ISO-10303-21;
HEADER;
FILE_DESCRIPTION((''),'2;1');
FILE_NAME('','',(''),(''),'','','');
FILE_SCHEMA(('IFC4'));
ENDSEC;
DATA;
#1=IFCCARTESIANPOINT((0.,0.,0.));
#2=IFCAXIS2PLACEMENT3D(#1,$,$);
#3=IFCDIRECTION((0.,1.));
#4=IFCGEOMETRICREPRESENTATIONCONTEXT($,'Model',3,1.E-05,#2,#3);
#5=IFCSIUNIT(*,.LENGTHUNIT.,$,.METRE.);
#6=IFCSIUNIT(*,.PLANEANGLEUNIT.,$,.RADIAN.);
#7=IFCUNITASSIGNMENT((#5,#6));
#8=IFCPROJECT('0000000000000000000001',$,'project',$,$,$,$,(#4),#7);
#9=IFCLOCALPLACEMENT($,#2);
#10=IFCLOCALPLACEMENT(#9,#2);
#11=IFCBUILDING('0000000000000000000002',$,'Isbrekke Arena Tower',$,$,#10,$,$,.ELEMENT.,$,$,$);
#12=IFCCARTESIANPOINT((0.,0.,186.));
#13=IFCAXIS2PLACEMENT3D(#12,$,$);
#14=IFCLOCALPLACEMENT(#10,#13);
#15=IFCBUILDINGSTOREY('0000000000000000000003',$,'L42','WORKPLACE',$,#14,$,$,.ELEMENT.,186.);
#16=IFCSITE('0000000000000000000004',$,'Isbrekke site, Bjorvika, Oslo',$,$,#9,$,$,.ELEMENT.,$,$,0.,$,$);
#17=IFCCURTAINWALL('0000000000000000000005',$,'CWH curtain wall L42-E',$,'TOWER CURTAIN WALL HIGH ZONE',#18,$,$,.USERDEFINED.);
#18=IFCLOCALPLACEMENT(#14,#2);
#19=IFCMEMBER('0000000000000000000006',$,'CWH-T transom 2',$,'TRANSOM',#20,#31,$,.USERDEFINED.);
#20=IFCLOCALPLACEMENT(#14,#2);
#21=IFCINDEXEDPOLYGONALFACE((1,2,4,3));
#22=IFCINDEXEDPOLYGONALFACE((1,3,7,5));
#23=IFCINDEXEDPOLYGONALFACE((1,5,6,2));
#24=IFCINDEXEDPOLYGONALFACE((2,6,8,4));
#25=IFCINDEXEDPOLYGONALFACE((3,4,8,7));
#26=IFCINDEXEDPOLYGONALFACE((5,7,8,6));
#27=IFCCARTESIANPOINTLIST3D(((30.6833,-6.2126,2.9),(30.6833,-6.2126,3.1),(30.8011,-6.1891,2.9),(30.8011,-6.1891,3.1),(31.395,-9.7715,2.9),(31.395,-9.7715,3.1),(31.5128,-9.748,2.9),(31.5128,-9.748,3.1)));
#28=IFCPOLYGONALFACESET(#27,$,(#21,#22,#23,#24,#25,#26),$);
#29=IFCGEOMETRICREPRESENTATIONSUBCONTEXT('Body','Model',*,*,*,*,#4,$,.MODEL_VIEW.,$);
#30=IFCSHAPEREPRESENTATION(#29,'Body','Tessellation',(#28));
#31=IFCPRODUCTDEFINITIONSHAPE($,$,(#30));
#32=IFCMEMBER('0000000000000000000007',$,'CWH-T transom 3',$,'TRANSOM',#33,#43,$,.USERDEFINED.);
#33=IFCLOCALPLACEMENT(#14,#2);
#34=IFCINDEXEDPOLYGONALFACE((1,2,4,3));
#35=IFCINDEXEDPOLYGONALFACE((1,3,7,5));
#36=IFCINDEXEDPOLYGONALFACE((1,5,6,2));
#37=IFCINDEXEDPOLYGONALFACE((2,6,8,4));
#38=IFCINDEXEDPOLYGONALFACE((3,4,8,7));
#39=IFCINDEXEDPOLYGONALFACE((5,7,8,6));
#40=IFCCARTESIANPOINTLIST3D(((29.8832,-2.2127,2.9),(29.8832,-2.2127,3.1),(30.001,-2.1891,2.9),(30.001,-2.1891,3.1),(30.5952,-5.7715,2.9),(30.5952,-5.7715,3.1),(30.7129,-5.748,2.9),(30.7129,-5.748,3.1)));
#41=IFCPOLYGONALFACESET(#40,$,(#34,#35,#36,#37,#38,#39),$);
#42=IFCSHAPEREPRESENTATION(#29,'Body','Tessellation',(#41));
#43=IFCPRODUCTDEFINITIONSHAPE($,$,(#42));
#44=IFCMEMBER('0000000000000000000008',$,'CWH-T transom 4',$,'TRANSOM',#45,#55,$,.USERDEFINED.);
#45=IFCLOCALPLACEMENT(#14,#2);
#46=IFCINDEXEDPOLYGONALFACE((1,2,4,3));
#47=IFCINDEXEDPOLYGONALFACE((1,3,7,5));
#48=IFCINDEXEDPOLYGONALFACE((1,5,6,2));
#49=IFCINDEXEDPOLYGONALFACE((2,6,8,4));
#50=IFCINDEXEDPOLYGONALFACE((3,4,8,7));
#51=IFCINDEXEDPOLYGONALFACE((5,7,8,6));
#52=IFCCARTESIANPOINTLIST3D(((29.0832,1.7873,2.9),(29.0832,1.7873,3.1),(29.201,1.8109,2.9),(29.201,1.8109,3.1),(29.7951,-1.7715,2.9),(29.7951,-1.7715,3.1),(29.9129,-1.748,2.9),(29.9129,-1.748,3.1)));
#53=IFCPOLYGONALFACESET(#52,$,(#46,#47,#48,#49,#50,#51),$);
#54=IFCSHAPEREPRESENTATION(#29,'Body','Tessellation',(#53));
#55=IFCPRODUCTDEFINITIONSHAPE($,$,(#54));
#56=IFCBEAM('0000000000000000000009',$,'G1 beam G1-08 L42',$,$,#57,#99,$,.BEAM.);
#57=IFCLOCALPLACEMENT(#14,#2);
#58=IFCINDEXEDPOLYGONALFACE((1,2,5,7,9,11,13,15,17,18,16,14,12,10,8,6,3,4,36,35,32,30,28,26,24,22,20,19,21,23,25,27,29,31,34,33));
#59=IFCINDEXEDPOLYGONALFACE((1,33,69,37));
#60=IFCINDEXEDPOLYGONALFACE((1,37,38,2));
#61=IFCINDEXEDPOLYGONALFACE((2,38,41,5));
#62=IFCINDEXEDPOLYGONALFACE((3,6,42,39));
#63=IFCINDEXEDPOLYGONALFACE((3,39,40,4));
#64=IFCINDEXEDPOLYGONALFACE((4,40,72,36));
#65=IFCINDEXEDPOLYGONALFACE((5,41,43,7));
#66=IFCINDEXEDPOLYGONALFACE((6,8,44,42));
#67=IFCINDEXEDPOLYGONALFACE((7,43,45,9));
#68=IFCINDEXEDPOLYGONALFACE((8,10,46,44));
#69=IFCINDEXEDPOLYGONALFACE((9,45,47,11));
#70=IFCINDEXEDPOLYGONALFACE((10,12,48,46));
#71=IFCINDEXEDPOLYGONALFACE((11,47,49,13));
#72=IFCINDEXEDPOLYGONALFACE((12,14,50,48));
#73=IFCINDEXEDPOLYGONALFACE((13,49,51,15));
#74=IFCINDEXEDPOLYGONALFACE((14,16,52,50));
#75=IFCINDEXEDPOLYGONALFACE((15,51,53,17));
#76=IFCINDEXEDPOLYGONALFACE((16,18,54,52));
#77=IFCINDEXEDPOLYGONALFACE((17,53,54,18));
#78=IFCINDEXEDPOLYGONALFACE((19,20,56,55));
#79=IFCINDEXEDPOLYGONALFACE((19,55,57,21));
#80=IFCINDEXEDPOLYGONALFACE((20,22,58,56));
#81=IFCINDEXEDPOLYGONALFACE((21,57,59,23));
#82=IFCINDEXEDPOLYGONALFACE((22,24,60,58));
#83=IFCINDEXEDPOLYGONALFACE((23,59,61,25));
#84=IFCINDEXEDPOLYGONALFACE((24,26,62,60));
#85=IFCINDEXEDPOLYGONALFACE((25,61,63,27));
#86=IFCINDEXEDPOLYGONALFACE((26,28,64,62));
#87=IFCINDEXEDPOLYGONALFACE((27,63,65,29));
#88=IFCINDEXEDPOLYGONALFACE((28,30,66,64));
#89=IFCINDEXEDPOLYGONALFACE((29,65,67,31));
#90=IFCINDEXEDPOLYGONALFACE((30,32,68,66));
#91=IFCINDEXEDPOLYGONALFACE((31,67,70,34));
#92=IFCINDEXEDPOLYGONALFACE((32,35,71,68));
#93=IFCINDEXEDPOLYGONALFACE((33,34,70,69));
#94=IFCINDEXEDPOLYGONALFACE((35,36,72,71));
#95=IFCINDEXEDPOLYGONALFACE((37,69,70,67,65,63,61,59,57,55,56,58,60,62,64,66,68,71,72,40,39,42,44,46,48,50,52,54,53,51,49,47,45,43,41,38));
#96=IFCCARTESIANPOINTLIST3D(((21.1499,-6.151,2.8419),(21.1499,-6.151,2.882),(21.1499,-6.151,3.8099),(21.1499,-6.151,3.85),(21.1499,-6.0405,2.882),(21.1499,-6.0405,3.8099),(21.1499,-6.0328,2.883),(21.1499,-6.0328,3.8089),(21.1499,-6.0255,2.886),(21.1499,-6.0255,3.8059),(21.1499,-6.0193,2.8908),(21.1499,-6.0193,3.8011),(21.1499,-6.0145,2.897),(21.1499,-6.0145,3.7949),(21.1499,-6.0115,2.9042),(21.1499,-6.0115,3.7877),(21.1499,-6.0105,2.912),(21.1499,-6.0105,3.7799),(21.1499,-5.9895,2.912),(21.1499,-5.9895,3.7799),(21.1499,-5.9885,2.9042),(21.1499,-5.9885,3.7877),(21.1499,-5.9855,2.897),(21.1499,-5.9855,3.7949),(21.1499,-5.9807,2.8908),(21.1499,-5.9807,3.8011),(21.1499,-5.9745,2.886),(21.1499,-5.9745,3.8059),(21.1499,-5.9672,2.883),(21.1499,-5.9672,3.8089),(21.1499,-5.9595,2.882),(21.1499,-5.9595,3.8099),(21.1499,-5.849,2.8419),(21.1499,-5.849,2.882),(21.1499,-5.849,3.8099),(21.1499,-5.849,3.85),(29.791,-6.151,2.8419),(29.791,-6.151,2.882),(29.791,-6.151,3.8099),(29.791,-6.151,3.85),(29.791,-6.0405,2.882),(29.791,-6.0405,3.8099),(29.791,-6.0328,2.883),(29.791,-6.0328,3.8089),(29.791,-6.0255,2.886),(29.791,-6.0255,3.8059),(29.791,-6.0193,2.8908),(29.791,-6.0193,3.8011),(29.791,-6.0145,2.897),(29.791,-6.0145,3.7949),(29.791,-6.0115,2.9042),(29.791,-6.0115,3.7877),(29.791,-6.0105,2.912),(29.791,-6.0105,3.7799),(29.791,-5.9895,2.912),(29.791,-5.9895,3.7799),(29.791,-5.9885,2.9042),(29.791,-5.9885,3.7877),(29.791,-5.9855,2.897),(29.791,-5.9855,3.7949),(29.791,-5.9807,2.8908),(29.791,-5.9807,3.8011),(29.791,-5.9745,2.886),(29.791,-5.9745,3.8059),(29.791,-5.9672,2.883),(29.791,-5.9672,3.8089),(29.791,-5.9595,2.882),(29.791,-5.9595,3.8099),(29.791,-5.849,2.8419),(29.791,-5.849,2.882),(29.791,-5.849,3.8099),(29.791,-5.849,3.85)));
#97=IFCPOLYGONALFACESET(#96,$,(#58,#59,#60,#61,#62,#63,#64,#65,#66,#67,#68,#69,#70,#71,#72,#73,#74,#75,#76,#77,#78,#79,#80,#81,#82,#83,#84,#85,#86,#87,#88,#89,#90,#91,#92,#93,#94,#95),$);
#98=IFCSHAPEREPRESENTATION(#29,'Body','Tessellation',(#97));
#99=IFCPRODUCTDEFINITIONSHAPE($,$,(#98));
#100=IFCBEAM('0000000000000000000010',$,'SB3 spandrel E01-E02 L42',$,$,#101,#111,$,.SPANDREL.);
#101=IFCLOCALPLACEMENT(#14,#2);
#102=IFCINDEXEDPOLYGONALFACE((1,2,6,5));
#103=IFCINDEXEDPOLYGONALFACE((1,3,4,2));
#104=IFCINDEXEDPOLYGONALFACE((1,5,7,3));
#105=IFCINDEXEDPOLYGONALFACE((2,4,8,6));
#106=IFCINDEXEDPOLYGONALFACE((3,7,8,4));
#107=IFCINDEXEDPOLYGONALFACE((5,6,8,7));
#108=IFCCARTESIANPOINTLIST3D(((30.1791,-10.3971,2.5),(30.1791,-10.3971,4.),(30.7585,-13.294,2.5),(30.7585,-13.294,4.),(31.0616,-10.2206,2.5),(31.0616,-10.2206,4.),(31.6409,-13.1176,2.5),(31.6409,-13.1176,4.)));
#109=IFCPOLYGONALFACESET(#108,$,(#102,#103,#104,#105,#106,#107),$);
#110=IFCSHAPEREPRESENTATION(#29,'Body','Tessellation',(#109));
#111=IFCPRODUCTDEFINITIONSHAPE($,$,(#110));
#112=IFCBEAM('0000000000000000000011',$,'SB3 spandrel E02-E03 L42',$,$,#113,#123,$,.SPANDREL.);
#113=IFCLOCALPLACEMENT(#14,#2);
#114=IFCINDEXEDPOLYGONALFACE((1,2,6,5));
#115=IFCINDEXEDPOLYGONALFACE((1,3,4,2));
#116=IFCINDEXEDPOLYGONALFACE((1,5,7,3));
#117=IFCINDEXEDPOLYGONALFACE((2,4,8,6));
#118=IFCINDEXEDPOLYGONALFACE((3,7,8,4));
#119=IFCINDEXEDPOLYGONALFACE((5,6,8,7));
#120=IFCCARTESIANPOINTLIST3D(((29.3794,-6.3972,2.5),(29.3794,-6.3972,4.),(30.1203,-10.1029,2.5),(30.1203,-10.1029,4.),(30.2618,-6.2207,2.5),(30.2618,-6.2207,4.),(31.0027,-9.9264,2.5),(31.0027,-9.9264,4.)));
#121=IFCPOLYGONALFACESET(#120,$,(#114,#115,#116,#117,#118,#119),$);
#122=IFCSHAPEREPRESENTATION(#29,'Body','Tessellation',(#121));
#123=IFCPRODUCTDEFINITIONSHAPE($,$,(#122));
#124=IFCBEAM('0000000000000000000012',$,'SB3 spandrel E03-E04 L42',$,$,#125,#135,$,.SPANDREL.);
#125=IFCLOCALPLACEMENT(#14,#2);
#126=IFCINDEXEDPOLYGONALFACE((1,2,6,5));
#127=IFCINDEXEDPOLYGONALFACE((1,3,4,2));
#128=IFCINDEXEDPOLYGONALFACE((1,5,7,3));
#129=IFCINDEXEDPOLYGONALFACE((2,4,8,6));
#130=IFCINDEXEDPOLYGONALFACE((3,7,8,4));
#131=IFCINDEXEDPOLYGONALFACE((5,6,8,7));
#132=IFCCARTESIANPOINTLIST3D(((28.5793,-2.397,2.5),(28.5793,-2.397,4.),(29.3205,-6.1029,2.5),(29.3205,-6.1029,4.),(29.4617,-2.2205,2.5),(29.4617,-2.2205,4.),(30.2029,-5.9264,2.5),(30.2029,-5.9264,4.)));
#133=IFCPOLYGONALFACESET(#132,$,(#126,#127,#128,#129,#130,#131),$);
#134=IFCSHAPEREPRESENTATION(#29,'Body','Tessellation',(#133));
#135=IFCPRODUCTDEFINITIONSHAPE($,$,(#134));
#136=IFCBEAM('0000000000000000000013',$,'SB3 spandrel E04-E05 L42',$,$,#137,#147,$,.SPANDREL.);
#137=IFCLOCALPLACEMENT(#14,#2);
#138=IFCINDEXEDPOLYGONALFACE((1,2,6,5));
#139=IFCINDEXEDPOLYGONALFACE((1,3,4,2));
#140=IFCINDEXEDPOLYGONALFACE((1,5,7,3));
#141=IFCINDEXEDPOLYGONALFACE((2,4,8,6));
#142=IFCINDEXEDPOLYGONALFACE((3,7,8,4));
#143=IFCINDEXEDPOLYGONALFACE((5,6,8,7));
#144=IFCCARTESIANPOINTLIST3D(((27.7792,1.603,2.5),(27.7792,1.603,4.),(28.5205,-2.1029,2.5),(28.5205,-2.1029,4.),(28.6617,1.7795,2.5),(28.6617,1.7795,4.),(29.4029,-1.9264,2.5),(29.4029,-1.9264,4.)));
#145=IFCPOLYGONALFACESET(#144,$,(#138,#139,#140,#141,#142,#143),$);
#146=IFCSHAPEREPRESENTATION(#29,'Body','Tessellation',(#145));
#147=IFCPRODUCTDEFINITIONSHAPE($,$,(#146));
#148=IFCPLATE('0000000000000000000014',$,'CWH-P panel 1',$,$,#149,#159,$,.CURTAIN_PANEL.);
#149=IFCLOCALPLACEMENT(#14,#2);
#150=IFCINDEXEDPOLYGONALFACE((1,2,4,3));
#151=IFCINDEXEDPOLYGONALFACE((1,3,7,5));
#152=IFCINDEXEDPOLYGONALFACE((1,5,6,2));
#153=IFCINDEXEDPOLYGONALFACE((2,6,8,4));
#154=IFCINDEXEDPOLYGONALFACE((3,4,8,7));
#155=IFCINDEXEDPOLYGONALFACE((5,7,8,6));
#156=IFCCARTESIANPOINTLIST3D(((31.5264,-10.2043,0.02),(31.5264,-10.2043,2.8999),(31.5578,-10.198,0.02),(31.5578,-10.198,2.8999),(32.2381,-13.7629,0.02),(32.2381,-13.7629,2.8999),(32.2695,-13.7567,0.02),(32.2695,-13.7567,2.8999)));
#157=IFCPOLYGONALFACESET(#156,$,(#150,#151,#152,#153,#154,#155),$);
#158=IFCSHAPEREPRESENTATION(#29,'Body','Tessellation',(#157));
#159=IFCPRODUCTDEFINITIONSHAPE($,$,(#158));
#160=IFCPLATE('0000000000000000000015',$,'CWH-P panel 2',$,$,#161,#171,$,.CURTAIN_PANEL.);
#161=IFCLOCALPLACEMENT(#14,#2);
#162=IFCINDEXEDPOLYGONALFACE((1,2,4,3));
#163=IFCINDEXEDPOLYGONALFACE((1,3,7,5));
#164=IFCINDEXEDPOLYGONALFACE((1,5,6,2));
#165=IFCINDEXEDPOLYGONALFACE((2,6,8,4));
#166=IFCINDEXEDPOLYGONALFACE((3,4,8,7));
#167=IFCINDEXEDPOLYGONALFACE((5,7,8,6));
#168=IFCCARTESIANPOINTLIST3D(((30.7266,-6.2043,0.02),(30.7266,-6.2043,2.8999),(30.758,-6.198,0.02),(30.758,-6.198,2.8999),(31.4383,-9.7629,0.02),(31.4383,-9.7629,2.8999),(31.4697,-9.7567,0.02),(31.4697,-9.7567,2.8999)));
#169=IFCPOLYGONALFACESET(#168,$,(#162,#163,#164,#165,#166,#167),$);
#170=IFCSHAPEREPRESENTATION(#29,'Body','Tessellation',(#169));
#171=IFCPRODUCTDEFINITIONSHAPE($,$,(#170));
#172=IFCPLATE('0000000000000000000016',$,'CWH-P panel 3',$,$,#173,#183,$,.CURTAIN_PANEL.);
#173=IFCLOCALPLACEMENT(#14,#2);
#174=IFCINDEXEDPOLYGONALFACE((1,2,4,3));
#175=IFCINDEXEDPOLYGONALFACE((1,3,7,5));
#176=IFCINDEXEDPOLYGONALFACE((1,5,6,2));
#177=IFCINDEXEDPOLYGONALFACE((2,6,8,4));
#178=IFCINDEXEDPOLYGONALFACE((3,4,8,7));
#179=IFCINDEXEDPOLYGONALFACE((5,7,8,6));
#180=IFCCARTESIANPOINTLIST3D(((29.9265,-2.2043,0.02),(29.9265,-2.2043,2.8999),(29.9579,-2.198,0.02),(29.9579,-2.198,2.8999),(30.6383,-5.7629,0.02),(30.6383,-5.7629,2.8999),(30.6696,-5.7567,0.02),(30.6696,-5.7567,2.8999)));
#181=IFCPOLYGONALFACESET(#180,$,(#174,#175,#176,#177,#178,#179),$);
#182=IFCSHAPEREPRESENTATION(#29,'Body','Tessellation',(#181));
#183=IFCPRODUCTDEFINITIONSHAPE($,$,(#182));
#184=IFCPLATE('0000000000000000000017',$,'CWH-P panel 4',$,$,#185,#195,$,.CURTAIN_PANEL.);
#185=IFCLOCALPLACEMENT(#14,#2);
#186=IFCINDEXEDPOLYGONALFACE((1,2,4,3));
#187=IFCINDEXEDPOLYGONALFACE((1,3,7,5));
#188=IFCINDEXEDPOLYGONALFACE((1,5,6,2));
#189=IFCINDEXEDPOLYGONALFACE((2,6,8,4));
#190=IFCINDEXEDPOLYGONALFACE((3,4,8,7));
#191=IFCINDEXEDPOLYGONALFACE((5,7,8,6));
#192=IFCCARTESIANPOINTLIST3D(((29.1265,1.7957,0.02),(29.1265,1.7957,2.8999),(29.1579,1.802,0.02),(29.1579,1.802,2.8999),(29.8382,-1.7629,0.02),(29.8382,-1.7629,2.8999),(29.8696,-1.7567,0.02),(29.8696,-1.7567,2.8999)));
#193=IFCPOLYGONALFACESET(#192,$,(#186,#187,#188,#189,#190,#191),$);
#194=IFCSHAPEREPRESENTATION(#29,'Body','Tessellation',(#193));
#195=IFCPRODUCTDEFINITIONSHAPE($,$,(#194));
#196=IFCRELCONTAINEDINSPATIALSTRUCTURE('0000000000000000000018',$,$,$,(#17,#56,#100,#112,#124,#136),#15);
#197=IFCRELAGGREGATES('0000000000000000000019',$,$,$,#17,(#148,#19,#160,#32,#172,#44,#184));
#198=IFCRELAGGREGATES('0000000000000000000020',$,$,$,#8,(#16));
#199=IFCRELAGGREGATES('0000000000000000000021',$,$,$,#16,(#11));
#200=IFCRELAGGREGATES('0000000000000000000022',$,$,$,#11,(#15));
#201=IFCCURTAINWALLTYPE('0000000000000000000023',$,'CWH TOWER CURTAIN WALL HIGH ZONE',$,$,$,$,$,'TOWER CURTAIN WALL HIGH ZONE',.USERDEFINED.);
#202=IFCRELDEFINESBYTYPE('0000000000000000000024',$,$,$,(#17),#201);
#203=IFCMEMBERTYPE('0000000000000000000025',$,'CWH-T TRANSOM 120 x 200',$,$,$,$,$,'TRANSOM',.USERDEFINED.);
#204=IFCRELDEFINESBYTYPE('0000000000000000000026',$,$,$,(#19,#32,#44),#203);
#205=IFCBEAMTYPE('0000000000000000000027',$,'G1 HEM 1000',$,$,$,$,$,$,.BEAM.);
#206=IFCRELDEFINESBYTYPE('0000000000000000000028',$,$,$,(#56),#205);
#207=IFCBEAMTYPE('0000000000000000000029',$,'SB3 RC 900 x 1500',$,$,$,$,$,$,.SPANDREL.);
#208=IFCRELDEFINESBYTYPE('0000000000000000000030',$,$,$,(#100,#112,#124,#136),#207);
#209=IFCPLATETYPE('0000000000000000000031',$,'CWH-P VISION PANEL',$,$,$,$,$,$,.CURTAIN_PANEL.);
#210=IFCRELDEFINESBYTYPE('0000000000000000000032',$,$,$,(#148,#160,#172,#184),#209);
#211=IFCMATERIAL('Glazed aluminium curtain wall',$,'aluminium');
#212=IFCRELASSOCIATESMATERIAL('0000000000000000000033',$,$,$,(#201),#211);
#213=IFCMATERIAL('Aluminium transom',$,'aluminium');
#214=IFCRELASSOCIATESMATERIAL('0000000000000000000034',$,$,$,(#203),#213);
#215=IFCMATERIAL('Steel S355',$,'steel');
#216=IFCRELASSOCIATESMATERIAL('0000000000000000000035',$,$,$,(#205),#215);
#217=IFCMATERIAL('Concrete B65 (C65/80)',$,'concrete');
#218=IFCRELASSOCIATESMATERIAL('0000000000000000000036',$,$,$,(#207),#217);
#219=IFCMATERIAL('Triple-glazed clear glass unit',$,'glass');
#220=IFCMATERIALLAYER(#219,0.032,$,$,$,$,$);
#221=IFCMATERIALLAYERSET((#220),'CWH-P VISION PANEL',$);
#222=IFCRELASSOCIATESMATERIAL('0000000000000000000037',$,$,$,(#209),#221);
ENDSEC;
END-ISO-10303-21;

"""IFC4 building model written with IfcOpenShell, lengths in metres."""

from ifc_helpers import new_model, si_unit, direction, frame, origin, origin_2d, place, context, subcontext, project, spatial, rectangle, i_section, extrude, material, layer, layer_set, material_profile, profile_set, type_object, element, aggregate, save


model = new_model("IFC4")

# Units and contexts
model_context = context("Model", 3, precision=1e-05, world=origin(), true_north=direction((0.0, 1.0)))
body_context = subcontext(model_context, "Body", "Model", "MODEL_VIEW")
ifc_project = project(units=[si_unit("LENGTHUNIT", "METRE"), si_unit("PLANEANGLEUNIT", "RADIAN")], contexts=[model_context])

# Site, building, storey
site_placement = place(None, origin())
site = spatial("IfcSite", under=ifc_project, at=site_placement, Name="Isbrekke site, Bjorvika, Oslo", CompositionType="ELEMENT", RefElevation=0.0)
building_placement = place(site_placement, origin())
building = spatial("IfcBuilding", under=site, at=building_placement, Name="Isbrekke Arena Tower", CompositionType="ELEMENT")
storey_placement = place(building_placement, frame((0.0, 0.0, 186.0)))
storey = spatial("IfcBuildingStorey", under=building, at=storey_placement, Name="L42", Description="WORKPLACE", CompositionType="ELEMENT", Elevation=186.0)

# Curtain wall, members
ifc_material_1 = material(Name="Glazed aluminium curtain wall", Category="aluminium")
curtain_wall_type = type_object("IfcCurtainWallType", Name="CWH TOWER CURTAIN WALL HIGH ZONE", ElementType="TOWER CURTAIN WALL HIGH ZONE", PredefinedType="USERDEFINED", material=ifc_material_1)
curtain_wall_placement = place(storey_placement, origin())
curtain_wall = element("IfcCurtainWall", 1, at=curtain_wall_placement, inside=storey, type_object=curtain_wall_type, Name="CWH curtain wall L42-E", ObjectType="TOWER CURTAIN WALL HIGH ZONE", PredefinedType="USERDEFINED")
ifc_material_2 = material(Name="Aluminium transom", Category="aluminium")
ifc_material_profile_1 = material_profile(ifc_material_2, rectangle(XDim=0.1201, YDim=0.2, at=origin_2d()), Name="TRANSOM 120X200")
ifc_profile_set_1 = profile_set([ifc_material_profile_1], Name="Aluminium transom")
member_type_1 = type_object("IfcMemberType", Name="CWH-T TRANSOM 120 x 200", ElementType="TRANSOM", PredefinedType="USERDEFINED", material=ifc_profile_set_1)
member_1_placement = place(storey_placement, frame((31.4539, -9.7598, 3.0), z_axis=(-0.19609, 0.980586, 0.0), x_axis=(-0.980586, -0.19609, 0.0)))
member_1 = element("IfcMember", 2, at=member_1_placement, type_object=member_type_1, Name="CWH-T transom 2", ObjectType="TRANSOM", PredefinedType="USERDEFINED", context=body_context, shape_type="SweptSolid", body=[
    extrude(rectangle(XDim=0.1201, YDim=0.2, at=origin_2d()), origin(), (0.0, 0.0, 1.0), 3.6294),
])
member_2_placement = place(storey_placement, frame((30.6541, -5.7598, 3.0), z_axis=(-0.196155, 0.980573, 0.0), x_axis=(-0.980573, -0.196155, 0.0)))
member_2 = element("IfcMember", 3, at=member_2_placement, type_object=member_type_1, Name="CWH-T transom 3", ObjectType="TRANSOM", PredefinedType="USERDEFINED", context=body_context, shape_type="SweptSolid", body=[
    extrude(rectangle(XDim=0.1201, YDim=0.2, at=origin_2d()), origin(), (0.0, 0.0, 1.0), 3.6294),
])
member_3_placement = place(storey_placement, frame((29.854, -1.7598, 3.0), z_axis=(-0.196155, 0.980573, 0.0), x_axis=(-0.980573, -0.196155, 0.0)))
member_3 = element("IfcMember", 4, at=member_3_placement, type_object=member_type_1, Name="CWH-T transom 4", ObjectType="TRANSOM", PredefinedType="USERDEFINED", context=body_context, shape_type="SweptSolid", body=[
    extrude(rectangle(XDim=0.1201, YDim=0.2, at=origin_2d()), origin(), (0.0, 0.0, 1.0), 3.6294),
])

# Beams
ifc_material_3 = material(Name="Steel S355", Category="steel")
ifc_material_profile_2 = material_profile(ifc_material_3, i_section(OverallWidth=0.302, OverallDepth=1.0081, WebThickness=0.021, FlangeThickness=0.04, FilletRadius=0.03, at=origin_2d()), Name="HEM 1000")
ifc_profile_set_2 = profile_set([ifc_material_profile_2], Name="Steel S355")
beam_type_1 = type_object("IfcBeamType", Name="G1 HEM 1000", PredefinedType="BEAM", material=ifc_profile_set_2)
beam_1_placement = place(storey_placement, frame((21.1499, -6.0, 3.3459), z_axis=(1.0, 0.0, 0.0), x_axis=(0.0, 1.0, 0.0)))
element("IfcBeam", 5, at=beam_1_placement, inside=storey, type_object=beam_type_1, Name="G1 beam G1-08 L42", PredefinedType="BEAM", context=body_context, shape_type="SweptSolid", body=[
    extrude(i_section(OverallWidth=0.302, OverallDepth=1.0081, WebThickness=0.021, FlangeThickness=0.04, FilletRadius=0.03, at=origin_2d()), origin(), (0.0, 0.0, 1.0), 8.6411),
])
ifc_material_4 = material(Name="Concrete B65 (C65/80)", Category="concrete")
ifc_material_profile_3 = material_profile(ifc_material_4, rectangle(XDim=0.8999, YDim=1.5, at=origin_2d()), Name="RC 900x1500")
ifc_profile_set_3 = profile_set([ifc_material_profile_3], Name="Concrete B65 (C65/80)")
beam_type_2 = type_object("IfcBeamType", Name="SB3 RC 900 x 1500", PredefinedType="SPANDREL", material=ifc_profile_set_3)
beam_2_placement = place(storey_placement, frame((31.1997, -13.2058, 3.25), z_axis=(-0.1961, 0.980584, 0.0), x_axis=(-0.980584, -0.1961, 0.0)))
element("IfcBeam", 6, at=beam_2_placement, inside=storey, type_object=beam_type_2, Name="SB3 spandrel E01-E02 L42", PredefinedType="SPANDREL", context=body_context, shape_type="SweptSolid", body=[
    extrude(rectangle(XDim=0.8999, YDim=1.5, at=origin_2d()), origin(), (0.0, 0.0, 1.0), 2.9543),
])
beam_3_placement = place(storey_placement, frame((30.5615, -10.0146, 3.25), z_axis=(-0.196066, 0.980591, 0.0), x_axis=(-0.980591, -0.196066, 0.0)))
element("IfcBeam", 7, at=beam_3_placement, inside=storey, type_object=beam_type_2, Name="SB3 spandrel E02-E03 L42", PredefinedType="SPANDREL", context=body_context, shape_type="SweptSolid", body=[
    extrude(rectangle(XDim=0.8999, YDim=1.5, at=origin_2d()), origin(), (0.0, 0.0, 1.0), 3.7791),
])
for number, where, z_axis, x_axis, name in (
    (8, (29.7617, -6.0146, 3.25), (-0.196129, 0.980578, 0.0), (-0.980578, -0.196129, 0.0), "SB3 spandrel E03-E04 L42"),
    (9, (28.9617, -2.0146, 3.25), (-0.196129, 0.980578, 0.0), (-0.980578, -0.196129, 0.0), "SB3 spandrel E04-E05 L42"),
):
    element("IfcBeam", number, at=place(storey_placement, frame(where, z_axis=z_axis, x_axis=x_axis)), inside=storey, type_object=beam_type_2, Name=name, PredefinedType="SPANDREL", context=body_context, shape_type="SweptSolid", body=[
        extrude(rectangle(XDim=0.8999, YDim=1.5, at=origin_2d()), origin(), (0.0, 0.0, 1.0), 3.7793),
    ])

# Plates
ifc_material_5 = material(Name="Triple-glazed clear glass unit", Category="glass")
ifc_layer = layer(ifc_material_5, 0.032)
ifc_layer_set = layer_set([ifc_layer], Name="CWH-P VISION PANEL")
plate_type = type_object("IfcPlateType", Name="CWH-P VISION PANEL", PredefinedType="CURTAIN_PANEL", material=ifc_layer_set)
plate_1_placement = place(storey_placement, frame((31.8979, -11.9805, 0.02), z_axis=(0.0, 0.0, 1.0), x_axis=(-0.196116, 0.980581, 0.0)))
plate_1 = element("IfcPlate", 10, at=plate_1_placement, type_object=plate_type, Name="CWH-P panel 1", PredefinedType="CURTAIN_PANEL", context=body_context, shape_type="SweptSolid", body=[
    extrude(rectangle(XDim=3.6292, YDim=0.032, at=origin_2d()), origin(), (0.0, 0.0, 1.0), 2.8799),
])
plate_2_placement = place(storey_placement, frame((31.0981, -7.9805, 0.02), z_axis=(0.0, 0.0, 1.0), x_axis=(-0.196116, 0.980581, 0.0)))
plate_2 = element("IfcPlate", 11, at=plate_2_placement, type_object=plate_type, Name="CWH-P panel 2", PredefinedType="CURTAIN_PANEL", context=body_context, shape_type="SweptSolid", body=[
    extrude(rectangle(XDim=3.6292, YDim=0.032, at=origin_2d()), origin(), (0.0, 0.0, 1.0), 2.8799),
])
plate_3_placement = place(storey_placement, frame((30.2981, -3.9805, 0.02), z_axis=(0.0, 0.0, 1.0), x_axis=(-0.196116, 0.980581, 0.0)))
plate_3 = element("IfcPlate", 12, at=plate_3_placement, type_object=plate_type, Name="CWH-P panel 3", PredefinedType="CURTAIN_PANEL", context=body_context, shape_type="SweptSolid", body=[
    extrude(rectangle(XDim=3.6292, YDim=0.032, at=origin_2d()), origin(), (0.0, 0.0, 1.0), 2.8799),
])
plate_4_placement = place(storey_placement, frame((29.498, 0.0195, 0.02), z_axis=(0.0, 0.0, 1.0), x_axis=(-0.196116, 0.980581, 0.0)))
plate_4 = element("IfcPlate", 13, at=plate_4_placement, type_object=plate_type, Name="CWH-P panel 4", PredefinedType="CURTAIN_PANEL", context=body_context, shape_type="SweptSolid", body=[
    extrude(rectangle(XDim=3.6292, YDim=0.032, at=origin_2d()), origin(), (0.0, 0.0, 1.0), 2.8799),
])
aggregate(curtain_wall, [plate_1, member_1, plate_2, member_2, plate_3, member_3, plate_4])

save(model, "model.ifc")
